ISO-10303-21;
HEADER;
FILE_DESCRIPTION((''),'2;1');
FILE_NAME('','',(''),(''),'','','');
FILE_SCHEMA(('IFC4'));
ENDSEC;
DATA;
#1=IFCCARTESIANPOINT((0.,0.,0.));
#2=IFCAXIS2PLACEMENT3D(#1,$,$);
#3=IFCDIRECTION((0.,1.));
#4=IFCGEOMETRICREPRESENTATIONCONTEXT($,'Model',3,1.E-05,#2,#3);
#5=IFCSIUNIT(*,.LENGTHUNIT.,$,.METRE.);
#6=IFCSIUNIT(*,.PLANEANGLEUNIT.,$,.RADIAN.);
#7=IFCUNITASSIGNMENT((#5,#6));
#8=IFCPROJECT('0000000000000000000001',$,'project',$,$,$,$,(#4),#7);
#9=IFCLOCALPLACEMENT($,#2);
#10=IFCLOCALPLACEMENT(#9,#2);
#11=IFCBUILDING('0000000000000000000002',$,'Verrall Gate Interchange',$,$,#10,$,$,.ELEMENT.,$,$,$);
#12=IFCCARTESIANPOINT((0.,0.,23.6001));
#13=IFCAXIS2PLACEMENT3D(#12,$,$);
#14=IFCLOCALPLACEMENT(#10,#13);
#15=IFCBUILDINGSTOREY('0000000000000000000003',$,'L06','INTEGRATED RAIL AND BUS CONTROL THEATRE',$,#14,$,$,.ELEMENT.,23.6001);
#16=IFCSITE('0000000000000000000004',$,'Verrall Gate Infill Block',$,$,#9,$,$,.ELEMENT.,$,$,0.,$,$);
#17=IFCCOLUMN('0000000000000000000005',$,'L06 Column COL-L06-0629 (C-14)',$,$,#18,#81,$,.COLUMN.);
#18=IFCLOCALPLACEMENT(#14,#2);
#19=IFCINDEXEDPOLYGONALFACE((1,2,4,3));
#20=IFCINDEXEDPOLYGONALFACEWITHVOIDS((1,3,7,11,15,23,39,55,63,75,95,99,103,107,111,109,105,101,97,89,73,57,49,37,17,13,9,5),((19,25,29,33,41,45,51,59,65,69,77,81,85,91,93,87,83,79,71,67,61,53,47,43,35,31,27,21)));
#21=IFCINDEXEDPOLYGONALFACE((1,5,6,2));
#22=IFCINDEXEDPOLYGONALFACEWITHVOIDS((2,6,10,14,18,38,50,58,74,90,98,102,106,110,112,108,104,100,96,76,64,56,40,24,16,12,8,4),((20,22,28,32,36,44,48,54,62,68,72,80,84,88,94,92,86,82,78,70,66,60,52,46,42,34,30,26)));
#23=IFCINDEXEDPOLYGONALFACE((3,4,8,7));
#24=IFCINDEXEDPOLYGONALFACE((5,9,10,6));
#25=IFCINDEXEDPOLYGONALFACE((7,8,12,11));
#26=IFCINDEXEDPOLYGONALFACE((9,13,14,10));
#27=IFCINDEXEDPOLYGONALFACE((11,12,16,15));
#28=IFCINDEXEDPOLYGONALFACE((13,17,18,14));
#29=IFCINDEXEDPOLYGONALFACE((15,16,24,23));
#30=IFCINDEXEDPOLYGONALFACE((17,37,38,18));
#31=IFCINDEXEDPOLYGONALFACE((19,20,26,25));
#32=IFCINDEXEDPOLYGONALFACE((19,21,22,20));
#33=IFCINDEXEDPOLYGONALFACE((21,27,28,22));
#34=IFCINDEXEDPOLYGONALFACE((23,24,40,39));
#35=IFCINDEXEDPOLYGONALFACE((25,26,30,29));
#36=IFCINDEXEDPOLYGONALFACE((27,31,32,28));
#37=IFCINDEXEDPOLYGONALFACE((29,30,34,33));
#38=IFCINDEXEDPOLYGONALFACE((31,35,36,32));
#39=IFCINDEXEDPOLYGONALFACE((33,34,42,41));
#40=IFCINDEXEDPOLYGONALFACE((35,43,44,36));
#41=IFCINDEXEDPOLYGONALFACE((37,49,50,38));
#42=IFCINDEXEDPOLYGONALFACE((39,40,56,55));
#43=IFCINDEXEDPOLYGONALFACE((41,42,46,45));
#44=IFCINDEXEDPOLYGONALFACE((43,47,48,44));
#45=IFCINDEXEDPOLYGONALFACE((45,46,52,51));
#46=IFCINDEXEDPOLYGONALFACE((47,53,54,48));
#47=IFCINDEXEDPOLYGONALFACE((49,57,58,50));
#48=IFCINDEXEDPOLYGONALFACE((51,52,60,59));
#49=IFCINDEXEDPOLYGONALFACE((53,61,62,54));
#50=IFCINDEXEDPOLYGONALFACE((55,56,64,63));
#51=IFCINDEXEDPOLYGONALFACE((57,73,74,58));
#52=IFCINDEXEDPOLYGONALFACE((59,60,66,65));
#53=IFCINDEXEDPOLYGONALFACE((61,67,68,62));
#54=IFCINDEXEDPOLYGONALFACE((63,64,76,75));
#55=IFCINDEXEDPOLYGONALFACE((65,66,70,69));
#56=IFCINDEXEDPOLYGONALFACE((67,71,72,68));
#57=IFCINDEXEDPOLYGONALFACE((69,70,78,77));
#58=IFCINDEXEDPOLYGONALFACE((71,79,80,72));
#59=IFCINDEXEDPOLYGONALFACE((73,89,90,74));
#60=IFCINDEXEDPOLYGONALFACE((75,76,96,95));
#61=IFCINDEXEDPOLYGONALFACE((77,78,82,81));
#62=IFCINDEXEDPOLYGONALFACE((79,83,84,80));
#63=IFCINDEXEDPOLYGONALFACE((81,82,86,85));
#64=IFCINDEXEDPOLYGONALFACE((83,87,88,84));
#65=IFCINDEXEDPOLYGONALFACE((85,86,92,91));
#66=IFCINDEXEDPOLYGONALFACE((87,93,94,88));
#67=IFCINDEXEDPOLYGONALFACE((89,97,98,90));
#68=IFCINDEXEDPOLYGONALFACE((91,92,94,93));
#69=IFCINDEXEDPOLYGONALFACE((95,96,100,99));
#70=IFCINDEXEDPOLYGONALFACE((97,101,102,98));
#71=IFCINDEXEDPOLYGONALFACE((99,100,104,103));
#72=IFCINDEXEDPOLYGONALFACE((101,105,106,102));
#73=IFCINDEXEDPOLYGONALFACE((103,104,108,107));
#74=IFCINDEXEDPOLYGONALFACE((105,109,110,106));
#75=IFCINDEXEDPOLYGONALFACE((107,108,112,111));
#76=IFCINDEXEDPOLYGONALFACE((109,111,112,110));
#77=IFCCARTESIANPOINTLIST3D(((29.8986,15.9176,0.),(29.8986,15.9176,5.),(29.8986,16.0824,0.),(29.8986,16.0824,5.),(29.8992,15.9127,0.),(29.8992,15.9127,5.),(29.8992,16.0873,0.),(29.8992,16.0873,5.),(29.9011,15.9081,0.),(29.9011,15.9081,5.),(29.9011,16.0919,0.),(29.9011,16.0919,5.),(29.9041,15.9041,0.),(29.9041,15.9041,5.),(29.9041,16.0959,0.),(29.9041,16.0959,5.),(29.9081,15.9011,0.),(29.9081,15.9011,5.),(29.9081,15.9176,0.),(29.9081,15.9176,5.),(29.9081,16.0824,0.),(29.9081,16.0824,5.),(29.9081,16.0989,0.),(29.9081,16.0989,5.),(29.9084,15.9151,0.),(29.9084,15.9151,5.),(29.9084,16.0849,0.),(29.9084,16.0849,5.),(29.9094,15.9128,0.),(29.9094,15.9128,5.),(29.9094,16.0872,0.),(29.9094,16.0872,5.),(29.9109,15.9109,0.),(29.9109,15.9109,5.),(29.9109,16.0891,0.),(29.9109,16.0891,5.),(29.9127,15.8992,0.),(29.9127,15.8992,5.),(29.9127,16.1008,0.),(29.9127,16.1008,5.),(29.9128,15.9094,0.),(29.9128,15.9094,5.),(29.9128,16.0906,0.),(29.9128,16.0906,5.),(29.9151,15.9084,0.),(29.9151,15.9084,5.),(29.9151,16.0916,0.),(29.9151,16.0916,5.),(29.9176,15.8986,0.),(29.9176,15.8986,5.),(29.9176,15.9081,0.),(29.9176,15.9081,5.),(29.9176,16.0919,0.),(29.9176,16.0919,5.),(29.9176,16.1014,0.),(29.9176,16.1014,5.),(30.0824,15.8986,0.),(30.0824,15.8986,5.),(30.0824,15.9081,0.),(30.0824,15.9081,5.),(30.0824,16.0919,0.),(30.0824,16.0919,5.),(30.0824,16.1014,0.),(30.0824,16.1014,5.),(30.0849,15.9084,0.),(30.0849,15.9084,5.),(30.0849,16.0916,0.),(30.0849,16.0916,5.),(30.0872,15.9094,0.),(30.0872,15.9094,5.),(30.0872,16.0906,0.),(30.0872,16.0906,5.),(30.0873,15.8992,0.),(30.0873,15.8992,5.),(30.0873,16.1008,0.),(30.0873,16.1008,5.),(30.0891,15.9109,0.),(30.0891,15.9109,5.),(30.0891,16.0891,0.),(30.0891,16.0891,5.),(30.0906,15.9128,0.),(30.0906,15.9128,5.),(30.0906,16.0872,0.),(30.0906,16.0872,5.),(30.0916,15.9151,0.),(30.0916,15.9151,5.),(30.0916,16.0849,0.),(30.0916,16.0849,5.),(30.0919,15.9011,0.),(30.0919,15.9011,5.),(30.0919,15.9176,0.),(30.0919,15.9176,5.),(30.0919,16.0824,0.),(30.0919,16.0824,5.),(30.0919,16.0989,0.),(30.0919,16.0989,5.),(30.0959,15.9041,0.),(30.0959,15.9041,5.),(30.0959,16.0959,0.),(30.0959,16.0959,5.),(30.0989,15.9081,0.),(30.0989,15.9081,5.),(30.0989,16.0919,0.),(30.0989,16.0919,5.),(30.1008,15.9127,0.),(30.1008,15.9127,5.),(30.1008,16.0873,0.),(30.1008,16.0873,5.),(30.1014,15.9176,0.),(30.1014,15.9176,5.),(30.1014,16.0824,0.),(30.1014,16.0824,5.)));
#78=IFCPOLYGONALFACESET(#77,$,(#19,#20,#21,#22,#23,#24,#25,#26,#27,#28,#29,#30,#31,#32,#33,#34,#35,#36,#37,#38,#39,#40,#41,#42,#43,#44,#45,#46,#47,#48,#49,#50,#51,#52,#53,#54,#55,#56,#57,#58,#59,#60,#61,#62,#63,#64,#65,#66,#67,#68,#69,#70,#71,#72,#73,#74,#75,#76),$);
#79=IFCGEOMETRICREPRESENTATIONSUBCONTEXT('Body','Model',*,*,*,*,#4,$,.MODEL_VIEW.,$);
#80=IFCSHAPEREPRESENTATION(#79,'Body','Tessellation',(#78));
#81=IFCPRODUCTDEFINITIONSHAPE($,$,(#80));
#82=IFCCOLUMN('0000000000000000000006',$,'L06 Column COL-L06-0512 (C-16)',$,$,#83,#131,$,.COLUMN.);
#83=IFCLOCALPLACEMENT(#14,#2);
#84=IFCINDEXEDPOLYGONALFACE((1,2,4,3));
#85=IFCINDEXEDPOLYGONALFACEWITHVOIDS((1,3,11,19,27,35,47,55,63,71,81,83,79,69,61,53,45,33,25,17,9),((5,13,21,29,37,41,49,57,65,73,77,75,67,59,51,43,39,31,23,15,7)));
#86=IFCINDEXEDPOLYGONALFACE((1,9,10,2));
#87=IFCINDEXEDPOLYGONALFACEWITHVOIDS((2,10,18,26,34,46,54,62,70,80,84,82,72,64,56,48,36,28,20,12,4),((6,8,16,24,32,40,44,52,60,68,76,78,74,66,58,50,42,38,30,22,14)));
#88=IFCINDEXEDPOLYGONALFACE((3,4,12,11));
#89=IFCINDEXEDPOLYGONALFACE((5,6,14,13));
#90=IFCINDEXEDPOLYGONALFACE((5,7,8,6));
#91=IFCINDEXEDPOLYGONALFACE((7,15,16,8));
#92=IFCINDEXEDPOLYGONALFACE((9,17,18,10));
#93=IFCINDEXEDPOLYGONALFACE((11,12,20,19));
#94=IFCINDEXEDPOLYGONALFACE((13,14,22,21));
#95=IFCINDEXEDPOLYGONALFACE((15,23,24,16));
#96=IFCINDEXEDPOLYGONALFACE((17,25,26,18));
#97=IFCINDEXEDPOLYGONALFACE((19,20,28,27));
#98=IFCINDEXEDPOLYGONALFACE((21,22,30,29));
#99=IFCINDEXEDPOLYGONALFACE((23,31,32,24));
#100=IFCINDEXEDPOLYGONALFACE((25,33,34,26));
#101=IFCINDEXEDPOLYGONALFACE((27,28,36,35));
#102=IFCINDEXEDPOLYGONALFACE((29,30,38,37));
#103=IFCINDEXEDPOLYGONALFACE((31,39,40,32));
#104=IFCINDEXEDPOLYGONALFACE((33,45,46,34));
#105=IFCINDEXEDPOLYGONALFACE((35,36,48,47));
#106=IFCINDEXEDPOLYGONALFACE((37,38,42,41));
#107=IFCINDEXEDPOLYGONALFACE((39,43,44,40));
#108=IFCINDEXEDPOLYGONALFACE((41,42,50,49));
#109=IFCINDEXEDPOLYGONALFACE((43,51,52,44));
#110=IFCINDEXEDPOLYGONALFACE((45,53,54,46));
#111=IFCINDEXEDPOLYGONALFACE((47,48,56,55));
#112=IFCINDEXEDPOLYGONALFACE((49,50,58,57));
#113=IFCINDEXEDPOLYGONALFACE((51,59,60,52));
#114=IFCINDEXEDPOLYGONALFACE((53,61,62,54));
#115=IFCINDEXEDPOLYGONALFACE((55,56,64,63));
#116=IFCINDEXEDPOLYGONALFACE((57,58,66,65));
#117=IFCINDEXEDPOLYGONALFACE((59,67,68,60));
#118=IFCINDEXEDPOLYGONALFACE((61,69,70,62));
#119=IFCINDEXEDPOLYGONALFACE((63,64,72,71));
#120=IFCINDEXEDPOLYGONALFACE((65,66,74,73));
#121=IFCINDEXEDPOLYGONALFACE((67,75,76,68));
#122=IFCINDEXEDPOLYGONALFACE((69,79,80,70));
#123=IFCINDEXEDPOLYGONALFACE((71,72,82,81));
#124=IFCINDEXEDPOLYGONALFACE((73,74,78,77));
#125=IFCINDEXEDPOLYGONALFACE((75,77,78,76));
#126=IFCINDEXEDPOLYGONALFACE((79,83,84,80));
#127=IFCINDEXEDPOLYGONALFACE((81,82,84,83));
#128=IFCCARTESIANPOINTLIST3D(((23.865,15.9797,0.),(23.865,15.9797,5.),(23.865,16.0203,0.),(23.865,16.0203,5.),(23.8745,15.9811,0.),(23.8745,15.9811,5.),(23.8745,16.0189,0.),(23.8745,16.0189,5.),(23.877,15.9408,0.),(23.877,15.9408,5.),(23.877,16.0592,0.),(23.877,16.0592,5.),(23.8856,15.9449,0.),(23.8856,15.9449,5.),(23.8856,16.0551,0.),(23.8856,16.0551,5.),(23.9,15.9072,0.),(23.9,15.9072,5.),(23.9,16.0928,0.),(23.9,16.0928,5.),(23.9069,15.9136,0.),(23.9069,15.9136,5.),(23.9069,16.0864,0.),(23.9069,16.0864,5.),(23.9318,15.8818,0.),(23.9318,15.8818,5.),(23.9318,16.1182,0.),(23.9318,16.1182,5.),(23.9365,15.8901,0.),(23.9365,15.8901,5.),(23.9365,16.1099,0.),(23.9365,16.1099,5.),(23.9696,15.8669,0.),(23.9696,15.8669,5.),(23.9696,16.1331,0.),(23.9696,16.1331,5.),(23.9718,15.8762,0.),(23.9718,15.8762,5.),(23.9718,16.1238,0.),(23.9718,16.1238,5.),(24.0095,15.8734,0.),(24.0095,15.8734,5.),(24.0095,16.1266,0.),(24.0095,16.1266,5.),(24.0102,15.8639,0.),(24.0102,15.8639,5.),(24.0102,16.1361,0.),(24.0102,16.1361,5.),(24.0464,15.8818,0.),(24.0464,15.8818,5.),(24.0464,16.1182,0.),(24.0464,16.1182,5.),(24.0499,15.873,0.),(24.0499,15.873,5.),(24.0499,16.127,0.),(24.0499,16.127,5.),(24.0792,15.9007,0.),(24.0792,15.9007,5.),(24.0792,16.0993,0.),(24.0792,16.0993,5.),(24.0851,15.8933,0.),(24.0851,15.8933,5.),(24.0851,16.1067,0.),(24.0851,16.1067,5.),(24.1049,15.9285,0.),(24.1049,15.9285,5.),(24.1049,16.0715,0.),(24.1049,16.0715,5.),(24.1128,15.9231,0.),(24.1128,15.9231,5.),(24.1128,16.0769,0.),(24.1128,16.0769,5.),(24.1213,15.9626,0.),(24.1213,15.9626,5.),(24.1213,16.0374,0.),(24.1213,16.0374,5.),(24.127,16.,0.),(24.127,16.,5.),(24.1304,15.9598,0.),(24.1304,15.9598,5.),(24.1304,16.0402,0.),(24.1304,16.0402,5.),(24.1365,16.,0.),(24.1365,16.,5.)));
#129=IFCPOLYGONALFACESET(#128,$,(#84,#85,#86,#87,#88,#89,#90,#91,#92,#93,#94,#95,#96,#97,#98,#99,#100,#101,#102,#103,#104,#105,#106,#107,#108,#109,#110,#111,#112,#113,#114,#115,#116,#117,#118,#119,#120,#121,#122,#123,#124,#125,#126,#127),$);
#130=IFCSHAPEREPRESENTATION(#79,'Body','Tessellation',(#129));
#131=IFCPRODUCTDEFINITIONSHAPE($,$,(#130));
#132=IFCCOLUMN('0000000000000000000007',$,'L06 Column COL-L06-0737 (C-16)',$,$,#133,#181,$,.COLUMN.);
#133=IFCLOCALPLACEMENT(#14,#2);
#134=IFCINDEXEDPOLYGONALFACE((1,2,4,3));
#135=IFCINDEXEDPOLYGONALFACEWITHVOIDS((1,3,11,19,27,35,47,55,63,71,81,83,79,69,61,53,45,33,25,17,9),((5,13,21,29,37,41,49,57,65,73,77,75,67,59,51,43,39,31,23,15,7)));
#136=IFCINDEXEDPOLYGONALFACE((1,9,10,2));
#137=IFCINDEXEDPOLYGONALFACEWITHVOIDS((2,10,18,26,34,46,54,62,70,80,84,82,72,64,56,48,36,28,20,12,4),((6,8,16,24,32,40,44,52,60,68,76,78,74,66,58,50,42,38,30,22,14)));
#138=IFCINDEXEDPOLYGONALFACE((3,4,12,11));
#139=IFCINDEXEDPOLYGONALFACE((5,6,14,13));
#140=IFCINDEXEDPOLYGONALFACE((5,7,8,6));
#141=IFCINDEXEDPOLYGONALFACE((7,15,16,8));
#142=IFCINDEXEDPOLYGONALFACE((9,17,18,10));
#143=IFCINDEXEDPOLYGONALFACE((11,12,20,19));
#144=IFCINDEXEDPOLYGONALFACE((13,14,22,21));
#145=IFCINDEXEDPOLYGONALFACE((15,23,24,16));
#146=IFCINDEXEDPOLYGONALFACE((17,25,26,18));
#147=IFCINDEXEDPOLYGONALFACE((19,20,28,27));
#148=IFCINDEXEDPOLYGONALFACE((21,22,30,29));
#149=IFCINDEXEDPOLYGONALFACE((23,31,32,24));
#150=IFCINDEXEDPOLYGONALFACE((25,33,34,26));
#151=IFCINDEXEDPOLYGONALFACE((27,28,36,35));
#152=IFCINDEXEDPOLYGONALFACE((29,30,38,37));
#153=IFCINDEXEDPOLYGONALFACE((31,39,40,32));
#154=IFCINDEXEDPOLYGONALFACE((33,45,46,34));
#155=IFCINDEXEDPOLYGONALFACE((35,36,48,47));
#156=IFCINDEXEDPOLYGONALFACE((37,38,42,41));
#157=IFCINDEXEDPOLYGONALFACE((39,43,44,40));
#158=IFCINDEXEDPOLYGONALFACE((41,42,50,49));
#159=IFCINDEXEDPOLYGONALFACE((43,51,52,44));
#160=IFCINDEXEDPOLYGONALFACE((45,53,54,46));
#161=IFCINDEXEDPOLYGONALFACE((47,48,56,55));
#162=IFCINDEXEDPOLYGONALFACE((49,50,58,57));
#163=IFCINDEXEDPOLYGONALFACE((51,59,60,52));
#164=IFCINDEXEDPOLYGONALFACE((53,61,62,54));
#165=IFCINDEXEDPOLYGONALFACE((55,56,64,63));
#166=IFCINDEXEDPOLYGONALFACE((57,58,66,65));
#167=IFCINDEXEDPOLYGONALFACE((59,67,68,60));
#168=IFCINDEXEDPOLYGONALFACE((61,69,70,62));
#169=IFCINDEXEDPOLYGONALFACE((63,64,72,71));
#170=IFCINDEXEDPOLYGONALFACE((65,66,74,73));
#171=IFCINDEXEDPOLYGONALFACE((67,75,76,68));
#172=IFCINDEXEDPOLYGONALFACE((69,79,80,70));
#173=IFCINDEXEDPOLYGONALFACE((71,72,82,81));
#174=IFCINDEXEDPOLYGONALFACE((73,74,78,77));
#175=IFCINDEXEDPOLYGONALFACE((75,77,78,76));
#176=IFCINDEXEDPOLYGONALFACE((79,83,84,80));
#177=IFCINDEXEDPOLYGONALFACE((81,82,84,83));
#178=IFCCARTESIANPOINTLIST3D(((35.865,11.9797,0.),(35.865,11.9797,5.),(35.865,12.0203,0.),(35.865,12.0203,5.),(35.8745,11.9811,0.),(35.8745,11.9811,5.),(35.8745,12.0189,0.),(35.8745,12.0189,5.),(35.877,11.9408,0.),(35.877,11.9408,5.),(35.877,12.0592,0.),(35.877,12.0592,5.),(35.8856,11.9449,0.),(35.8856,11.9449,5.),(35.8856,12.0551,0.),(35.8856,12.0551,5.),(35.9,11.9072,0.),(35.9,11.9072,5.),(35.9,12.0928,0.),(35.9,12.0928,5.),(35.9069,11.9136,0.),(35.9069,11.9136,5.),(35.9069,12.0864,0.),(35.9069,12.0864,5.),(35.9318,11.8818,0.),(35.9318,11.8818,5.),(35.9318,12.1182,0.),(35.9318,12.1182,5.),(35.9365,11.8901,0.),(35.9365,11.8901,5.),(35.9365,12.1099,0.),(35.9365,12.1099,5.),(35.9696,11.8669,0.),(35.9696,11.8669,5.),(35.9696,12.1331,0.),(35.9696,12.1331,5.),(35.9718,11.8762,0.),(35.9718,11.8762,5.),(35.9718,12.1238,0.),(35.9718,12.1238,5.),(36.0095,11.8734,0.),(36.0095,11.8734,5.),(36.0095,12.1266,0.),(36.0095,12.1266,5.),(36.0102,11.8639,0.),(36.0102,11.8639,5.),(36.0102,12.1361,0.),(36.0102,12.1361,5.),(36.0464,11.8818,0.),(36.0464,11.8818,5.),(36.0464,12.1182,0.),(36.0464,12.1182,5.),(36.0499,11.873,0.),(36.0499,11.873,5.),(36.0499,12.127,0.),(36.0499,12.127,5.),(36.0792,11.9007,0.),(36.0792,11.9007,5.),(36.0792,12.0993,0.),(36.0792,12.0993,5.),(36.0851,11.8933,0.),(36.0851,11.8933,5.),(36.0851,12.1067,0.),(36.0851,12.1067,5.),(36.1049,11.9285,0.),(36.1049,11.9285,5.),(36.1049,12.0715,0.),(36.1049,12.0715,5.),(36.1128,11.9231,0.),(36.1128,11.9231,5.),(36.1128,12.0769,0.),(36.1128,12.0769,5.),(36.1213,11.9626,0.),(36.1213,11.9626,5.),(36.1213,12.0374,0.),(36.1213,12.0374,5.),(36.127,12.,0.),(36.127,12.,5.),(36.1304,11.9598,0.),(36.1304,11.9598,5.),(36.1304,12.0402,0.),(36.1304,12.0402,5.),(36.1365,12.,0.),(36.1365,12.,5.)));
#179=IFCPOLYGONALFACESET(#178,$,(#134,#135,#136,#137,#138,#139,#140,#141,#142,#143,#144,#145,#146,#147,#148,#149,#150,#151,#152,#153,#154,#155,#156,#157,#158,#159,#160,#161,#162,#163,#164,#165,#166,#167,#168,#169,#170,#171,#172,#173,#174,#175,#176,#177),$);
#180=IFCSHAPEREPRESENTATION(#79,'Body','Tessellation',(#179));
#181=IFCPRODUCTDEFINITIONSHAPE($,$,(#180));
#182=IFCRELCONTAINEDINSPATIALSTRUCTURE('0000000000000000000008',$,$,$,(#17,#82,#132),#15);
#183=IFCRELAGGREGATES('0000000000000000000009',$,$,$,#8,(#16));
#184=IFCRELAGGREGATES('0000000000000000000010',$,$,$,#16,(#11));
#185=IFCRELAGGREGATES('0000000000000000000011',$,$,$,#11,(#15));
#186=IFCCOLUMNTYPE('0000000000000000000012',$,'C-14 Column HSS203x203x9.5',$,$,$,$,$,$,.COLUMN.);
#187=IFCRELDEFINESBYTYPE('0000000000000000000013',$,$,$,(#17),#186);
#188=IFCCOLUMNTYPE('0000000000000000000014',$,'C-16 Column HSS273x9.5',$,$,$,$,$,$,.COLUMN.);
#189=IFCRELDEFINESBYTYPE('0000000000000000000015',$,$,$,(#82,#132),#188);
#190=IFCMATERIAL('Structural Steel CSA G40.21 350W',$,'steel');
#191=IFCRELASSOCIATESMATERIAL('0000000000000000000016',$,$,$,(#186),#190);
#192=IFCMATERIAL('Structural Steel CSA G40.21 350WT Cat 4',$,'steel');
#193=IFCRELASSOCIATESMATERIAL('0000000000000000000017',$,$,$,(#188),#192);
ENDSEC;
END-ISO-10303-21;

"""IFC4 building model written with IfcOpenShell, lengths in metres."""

from ifc_helpers import new_model, si_unit, direction, frame, origin, origin_2d, place, context, subcontext, project, spatial, hollow_rectangle, hollow_circle, extrude, material, material_profile, profile_set, type_object, element, save


model = new_model("IFC4")

# Units and contexts
model_context = context("Model", 3, precision=1e-05, world=origin(), true_north=direction((0.0, 1.0)))
body_context = subcontext(model_context, "Body", "Model", "MODEL_VIEW")
ifc_project = project(units=[si_unit("LENGTHUNIT", "METRE"), si_unit("PLANEANGLEUNIT", "RADIAN")], contexts=[model_context])

# Site, building, storey
site_placement = place(None, origin())
site = spatial("IfcSite", under=ifc_project, at=site_placement, Name="Verrall Gate Infill Block", CompositionType="ELEMENT", RefElevation=0.0)
building_placement = place(site_placement, origin())
building = spatial("IfcBuilding", under=site, at=building_placement, Name="Verrall Gate Interchange", CompositionType="ELEMENT")
storey_placement = place(building_placement, frame((0.0, 0.0, 23.6001)))
storey = spatial("IfcBuildingStorey", under=building, at=storey_placement, Name="L06", Description="INTEGRATED RAIL AND BUS CONTROL THEATRE", CompositionType="ELEMENT", Elevation=23.6001)

# Columns
ifc_material_1 = material(Name="Structural Steel CSA G40.21 350W", Category="steel")
ifc_material_profile_1 = material_profile(ifc_material_1, hollow_rectangle(XDim=0.2029, YDim=0.2029, WallThickness=0.0095, InnerFilletRadius=0.0095, OuterFilletRadius=0.019, at=origin_2d()), Name="HSS203x203x9.5")
ifc_profile_set_1 = profile_set([ifc_material_profile_1], Name="Structural Steel CSA G40.21 350W")
column_type_1 = type_object("IfcColumnType", Name="C-14 Column HSS203x203x9.5", PredefinedType="COLUMN", material=ifc_profile_set_1)
column_placement = place(storey_placement, frame((30.0, 16.0, 0.0), z_axis=(0.0, 0.0, 1.0), x_axis=(1.0, 0.0, 0.0)))
element("IfcColumn", 1, at=column_placement, inside=storey, type_object=column_type_1, Name="L06 Column COL-L06-0629 (C-14)", PredefinedType="COLUMN", context=body_context, shape_type="SweptSolid", body=[
    extrude(hollow_rectangle(XDim=0.2029, YDim=0.2029, WallThickness=0.0095, InnerFilletRadius=0.0095, OuterFilletRadius=0.019, at=origin_2d()), origin(), (0.0, 0.0, 1.0), 5.0),
])
ifc_material_2 = material(Name="Structural Steel CSA G40.21 350WT Cat 4", Category="steel")
ifc_material_profile_2 = material_profile(ifc_material_2, hollow_circle(Radius=0.1365, WallThickness=0.0095, at=origin_2d()), Name="HSS273x9.5")
ifc_profile_set_2 = profile_set([ifc_material_profile_2], Name="Structural Steel CSA G40.21 350WT Cat 4")
column_type_2 = type_object("IfcColumnType", Name="C-16 Column HSS273x9.5", PredefinedType="COLUMN", material=ifc_profile_set_2)
for number, where, z_axis, x_axis, name in (
    (2, (24.0, 16.0, 0.0), (0.0, 0.0, 1.0), (1.0, 0.0, 0.0), "L06 Column COL-L06-0512 (C-16)"),
    (3, (36.0, 12.0, 0.0), (0.0, 0.0, 1.0), (1.0, 0.0, 0.0), "L06 Column COL-L06-0737 (C-16)"),
):
    element("IfcColumn", number, at=place(storey_placement, frame(where, z_axis=z_axis, x_axis=x_axis)), inside=storey, type_object=column_type_2, Name=name, PredefinedType="COLUMN", context=body_context, shape_type="SweptSolid", body=[
        extrude(hollow_circle(Radius=0.1365, WallThickness=0.0095, at=origin_2d()), origin(), (0.0, 0.0, 1.0), 5.0),
    ])

save(model, "model.ifc")
